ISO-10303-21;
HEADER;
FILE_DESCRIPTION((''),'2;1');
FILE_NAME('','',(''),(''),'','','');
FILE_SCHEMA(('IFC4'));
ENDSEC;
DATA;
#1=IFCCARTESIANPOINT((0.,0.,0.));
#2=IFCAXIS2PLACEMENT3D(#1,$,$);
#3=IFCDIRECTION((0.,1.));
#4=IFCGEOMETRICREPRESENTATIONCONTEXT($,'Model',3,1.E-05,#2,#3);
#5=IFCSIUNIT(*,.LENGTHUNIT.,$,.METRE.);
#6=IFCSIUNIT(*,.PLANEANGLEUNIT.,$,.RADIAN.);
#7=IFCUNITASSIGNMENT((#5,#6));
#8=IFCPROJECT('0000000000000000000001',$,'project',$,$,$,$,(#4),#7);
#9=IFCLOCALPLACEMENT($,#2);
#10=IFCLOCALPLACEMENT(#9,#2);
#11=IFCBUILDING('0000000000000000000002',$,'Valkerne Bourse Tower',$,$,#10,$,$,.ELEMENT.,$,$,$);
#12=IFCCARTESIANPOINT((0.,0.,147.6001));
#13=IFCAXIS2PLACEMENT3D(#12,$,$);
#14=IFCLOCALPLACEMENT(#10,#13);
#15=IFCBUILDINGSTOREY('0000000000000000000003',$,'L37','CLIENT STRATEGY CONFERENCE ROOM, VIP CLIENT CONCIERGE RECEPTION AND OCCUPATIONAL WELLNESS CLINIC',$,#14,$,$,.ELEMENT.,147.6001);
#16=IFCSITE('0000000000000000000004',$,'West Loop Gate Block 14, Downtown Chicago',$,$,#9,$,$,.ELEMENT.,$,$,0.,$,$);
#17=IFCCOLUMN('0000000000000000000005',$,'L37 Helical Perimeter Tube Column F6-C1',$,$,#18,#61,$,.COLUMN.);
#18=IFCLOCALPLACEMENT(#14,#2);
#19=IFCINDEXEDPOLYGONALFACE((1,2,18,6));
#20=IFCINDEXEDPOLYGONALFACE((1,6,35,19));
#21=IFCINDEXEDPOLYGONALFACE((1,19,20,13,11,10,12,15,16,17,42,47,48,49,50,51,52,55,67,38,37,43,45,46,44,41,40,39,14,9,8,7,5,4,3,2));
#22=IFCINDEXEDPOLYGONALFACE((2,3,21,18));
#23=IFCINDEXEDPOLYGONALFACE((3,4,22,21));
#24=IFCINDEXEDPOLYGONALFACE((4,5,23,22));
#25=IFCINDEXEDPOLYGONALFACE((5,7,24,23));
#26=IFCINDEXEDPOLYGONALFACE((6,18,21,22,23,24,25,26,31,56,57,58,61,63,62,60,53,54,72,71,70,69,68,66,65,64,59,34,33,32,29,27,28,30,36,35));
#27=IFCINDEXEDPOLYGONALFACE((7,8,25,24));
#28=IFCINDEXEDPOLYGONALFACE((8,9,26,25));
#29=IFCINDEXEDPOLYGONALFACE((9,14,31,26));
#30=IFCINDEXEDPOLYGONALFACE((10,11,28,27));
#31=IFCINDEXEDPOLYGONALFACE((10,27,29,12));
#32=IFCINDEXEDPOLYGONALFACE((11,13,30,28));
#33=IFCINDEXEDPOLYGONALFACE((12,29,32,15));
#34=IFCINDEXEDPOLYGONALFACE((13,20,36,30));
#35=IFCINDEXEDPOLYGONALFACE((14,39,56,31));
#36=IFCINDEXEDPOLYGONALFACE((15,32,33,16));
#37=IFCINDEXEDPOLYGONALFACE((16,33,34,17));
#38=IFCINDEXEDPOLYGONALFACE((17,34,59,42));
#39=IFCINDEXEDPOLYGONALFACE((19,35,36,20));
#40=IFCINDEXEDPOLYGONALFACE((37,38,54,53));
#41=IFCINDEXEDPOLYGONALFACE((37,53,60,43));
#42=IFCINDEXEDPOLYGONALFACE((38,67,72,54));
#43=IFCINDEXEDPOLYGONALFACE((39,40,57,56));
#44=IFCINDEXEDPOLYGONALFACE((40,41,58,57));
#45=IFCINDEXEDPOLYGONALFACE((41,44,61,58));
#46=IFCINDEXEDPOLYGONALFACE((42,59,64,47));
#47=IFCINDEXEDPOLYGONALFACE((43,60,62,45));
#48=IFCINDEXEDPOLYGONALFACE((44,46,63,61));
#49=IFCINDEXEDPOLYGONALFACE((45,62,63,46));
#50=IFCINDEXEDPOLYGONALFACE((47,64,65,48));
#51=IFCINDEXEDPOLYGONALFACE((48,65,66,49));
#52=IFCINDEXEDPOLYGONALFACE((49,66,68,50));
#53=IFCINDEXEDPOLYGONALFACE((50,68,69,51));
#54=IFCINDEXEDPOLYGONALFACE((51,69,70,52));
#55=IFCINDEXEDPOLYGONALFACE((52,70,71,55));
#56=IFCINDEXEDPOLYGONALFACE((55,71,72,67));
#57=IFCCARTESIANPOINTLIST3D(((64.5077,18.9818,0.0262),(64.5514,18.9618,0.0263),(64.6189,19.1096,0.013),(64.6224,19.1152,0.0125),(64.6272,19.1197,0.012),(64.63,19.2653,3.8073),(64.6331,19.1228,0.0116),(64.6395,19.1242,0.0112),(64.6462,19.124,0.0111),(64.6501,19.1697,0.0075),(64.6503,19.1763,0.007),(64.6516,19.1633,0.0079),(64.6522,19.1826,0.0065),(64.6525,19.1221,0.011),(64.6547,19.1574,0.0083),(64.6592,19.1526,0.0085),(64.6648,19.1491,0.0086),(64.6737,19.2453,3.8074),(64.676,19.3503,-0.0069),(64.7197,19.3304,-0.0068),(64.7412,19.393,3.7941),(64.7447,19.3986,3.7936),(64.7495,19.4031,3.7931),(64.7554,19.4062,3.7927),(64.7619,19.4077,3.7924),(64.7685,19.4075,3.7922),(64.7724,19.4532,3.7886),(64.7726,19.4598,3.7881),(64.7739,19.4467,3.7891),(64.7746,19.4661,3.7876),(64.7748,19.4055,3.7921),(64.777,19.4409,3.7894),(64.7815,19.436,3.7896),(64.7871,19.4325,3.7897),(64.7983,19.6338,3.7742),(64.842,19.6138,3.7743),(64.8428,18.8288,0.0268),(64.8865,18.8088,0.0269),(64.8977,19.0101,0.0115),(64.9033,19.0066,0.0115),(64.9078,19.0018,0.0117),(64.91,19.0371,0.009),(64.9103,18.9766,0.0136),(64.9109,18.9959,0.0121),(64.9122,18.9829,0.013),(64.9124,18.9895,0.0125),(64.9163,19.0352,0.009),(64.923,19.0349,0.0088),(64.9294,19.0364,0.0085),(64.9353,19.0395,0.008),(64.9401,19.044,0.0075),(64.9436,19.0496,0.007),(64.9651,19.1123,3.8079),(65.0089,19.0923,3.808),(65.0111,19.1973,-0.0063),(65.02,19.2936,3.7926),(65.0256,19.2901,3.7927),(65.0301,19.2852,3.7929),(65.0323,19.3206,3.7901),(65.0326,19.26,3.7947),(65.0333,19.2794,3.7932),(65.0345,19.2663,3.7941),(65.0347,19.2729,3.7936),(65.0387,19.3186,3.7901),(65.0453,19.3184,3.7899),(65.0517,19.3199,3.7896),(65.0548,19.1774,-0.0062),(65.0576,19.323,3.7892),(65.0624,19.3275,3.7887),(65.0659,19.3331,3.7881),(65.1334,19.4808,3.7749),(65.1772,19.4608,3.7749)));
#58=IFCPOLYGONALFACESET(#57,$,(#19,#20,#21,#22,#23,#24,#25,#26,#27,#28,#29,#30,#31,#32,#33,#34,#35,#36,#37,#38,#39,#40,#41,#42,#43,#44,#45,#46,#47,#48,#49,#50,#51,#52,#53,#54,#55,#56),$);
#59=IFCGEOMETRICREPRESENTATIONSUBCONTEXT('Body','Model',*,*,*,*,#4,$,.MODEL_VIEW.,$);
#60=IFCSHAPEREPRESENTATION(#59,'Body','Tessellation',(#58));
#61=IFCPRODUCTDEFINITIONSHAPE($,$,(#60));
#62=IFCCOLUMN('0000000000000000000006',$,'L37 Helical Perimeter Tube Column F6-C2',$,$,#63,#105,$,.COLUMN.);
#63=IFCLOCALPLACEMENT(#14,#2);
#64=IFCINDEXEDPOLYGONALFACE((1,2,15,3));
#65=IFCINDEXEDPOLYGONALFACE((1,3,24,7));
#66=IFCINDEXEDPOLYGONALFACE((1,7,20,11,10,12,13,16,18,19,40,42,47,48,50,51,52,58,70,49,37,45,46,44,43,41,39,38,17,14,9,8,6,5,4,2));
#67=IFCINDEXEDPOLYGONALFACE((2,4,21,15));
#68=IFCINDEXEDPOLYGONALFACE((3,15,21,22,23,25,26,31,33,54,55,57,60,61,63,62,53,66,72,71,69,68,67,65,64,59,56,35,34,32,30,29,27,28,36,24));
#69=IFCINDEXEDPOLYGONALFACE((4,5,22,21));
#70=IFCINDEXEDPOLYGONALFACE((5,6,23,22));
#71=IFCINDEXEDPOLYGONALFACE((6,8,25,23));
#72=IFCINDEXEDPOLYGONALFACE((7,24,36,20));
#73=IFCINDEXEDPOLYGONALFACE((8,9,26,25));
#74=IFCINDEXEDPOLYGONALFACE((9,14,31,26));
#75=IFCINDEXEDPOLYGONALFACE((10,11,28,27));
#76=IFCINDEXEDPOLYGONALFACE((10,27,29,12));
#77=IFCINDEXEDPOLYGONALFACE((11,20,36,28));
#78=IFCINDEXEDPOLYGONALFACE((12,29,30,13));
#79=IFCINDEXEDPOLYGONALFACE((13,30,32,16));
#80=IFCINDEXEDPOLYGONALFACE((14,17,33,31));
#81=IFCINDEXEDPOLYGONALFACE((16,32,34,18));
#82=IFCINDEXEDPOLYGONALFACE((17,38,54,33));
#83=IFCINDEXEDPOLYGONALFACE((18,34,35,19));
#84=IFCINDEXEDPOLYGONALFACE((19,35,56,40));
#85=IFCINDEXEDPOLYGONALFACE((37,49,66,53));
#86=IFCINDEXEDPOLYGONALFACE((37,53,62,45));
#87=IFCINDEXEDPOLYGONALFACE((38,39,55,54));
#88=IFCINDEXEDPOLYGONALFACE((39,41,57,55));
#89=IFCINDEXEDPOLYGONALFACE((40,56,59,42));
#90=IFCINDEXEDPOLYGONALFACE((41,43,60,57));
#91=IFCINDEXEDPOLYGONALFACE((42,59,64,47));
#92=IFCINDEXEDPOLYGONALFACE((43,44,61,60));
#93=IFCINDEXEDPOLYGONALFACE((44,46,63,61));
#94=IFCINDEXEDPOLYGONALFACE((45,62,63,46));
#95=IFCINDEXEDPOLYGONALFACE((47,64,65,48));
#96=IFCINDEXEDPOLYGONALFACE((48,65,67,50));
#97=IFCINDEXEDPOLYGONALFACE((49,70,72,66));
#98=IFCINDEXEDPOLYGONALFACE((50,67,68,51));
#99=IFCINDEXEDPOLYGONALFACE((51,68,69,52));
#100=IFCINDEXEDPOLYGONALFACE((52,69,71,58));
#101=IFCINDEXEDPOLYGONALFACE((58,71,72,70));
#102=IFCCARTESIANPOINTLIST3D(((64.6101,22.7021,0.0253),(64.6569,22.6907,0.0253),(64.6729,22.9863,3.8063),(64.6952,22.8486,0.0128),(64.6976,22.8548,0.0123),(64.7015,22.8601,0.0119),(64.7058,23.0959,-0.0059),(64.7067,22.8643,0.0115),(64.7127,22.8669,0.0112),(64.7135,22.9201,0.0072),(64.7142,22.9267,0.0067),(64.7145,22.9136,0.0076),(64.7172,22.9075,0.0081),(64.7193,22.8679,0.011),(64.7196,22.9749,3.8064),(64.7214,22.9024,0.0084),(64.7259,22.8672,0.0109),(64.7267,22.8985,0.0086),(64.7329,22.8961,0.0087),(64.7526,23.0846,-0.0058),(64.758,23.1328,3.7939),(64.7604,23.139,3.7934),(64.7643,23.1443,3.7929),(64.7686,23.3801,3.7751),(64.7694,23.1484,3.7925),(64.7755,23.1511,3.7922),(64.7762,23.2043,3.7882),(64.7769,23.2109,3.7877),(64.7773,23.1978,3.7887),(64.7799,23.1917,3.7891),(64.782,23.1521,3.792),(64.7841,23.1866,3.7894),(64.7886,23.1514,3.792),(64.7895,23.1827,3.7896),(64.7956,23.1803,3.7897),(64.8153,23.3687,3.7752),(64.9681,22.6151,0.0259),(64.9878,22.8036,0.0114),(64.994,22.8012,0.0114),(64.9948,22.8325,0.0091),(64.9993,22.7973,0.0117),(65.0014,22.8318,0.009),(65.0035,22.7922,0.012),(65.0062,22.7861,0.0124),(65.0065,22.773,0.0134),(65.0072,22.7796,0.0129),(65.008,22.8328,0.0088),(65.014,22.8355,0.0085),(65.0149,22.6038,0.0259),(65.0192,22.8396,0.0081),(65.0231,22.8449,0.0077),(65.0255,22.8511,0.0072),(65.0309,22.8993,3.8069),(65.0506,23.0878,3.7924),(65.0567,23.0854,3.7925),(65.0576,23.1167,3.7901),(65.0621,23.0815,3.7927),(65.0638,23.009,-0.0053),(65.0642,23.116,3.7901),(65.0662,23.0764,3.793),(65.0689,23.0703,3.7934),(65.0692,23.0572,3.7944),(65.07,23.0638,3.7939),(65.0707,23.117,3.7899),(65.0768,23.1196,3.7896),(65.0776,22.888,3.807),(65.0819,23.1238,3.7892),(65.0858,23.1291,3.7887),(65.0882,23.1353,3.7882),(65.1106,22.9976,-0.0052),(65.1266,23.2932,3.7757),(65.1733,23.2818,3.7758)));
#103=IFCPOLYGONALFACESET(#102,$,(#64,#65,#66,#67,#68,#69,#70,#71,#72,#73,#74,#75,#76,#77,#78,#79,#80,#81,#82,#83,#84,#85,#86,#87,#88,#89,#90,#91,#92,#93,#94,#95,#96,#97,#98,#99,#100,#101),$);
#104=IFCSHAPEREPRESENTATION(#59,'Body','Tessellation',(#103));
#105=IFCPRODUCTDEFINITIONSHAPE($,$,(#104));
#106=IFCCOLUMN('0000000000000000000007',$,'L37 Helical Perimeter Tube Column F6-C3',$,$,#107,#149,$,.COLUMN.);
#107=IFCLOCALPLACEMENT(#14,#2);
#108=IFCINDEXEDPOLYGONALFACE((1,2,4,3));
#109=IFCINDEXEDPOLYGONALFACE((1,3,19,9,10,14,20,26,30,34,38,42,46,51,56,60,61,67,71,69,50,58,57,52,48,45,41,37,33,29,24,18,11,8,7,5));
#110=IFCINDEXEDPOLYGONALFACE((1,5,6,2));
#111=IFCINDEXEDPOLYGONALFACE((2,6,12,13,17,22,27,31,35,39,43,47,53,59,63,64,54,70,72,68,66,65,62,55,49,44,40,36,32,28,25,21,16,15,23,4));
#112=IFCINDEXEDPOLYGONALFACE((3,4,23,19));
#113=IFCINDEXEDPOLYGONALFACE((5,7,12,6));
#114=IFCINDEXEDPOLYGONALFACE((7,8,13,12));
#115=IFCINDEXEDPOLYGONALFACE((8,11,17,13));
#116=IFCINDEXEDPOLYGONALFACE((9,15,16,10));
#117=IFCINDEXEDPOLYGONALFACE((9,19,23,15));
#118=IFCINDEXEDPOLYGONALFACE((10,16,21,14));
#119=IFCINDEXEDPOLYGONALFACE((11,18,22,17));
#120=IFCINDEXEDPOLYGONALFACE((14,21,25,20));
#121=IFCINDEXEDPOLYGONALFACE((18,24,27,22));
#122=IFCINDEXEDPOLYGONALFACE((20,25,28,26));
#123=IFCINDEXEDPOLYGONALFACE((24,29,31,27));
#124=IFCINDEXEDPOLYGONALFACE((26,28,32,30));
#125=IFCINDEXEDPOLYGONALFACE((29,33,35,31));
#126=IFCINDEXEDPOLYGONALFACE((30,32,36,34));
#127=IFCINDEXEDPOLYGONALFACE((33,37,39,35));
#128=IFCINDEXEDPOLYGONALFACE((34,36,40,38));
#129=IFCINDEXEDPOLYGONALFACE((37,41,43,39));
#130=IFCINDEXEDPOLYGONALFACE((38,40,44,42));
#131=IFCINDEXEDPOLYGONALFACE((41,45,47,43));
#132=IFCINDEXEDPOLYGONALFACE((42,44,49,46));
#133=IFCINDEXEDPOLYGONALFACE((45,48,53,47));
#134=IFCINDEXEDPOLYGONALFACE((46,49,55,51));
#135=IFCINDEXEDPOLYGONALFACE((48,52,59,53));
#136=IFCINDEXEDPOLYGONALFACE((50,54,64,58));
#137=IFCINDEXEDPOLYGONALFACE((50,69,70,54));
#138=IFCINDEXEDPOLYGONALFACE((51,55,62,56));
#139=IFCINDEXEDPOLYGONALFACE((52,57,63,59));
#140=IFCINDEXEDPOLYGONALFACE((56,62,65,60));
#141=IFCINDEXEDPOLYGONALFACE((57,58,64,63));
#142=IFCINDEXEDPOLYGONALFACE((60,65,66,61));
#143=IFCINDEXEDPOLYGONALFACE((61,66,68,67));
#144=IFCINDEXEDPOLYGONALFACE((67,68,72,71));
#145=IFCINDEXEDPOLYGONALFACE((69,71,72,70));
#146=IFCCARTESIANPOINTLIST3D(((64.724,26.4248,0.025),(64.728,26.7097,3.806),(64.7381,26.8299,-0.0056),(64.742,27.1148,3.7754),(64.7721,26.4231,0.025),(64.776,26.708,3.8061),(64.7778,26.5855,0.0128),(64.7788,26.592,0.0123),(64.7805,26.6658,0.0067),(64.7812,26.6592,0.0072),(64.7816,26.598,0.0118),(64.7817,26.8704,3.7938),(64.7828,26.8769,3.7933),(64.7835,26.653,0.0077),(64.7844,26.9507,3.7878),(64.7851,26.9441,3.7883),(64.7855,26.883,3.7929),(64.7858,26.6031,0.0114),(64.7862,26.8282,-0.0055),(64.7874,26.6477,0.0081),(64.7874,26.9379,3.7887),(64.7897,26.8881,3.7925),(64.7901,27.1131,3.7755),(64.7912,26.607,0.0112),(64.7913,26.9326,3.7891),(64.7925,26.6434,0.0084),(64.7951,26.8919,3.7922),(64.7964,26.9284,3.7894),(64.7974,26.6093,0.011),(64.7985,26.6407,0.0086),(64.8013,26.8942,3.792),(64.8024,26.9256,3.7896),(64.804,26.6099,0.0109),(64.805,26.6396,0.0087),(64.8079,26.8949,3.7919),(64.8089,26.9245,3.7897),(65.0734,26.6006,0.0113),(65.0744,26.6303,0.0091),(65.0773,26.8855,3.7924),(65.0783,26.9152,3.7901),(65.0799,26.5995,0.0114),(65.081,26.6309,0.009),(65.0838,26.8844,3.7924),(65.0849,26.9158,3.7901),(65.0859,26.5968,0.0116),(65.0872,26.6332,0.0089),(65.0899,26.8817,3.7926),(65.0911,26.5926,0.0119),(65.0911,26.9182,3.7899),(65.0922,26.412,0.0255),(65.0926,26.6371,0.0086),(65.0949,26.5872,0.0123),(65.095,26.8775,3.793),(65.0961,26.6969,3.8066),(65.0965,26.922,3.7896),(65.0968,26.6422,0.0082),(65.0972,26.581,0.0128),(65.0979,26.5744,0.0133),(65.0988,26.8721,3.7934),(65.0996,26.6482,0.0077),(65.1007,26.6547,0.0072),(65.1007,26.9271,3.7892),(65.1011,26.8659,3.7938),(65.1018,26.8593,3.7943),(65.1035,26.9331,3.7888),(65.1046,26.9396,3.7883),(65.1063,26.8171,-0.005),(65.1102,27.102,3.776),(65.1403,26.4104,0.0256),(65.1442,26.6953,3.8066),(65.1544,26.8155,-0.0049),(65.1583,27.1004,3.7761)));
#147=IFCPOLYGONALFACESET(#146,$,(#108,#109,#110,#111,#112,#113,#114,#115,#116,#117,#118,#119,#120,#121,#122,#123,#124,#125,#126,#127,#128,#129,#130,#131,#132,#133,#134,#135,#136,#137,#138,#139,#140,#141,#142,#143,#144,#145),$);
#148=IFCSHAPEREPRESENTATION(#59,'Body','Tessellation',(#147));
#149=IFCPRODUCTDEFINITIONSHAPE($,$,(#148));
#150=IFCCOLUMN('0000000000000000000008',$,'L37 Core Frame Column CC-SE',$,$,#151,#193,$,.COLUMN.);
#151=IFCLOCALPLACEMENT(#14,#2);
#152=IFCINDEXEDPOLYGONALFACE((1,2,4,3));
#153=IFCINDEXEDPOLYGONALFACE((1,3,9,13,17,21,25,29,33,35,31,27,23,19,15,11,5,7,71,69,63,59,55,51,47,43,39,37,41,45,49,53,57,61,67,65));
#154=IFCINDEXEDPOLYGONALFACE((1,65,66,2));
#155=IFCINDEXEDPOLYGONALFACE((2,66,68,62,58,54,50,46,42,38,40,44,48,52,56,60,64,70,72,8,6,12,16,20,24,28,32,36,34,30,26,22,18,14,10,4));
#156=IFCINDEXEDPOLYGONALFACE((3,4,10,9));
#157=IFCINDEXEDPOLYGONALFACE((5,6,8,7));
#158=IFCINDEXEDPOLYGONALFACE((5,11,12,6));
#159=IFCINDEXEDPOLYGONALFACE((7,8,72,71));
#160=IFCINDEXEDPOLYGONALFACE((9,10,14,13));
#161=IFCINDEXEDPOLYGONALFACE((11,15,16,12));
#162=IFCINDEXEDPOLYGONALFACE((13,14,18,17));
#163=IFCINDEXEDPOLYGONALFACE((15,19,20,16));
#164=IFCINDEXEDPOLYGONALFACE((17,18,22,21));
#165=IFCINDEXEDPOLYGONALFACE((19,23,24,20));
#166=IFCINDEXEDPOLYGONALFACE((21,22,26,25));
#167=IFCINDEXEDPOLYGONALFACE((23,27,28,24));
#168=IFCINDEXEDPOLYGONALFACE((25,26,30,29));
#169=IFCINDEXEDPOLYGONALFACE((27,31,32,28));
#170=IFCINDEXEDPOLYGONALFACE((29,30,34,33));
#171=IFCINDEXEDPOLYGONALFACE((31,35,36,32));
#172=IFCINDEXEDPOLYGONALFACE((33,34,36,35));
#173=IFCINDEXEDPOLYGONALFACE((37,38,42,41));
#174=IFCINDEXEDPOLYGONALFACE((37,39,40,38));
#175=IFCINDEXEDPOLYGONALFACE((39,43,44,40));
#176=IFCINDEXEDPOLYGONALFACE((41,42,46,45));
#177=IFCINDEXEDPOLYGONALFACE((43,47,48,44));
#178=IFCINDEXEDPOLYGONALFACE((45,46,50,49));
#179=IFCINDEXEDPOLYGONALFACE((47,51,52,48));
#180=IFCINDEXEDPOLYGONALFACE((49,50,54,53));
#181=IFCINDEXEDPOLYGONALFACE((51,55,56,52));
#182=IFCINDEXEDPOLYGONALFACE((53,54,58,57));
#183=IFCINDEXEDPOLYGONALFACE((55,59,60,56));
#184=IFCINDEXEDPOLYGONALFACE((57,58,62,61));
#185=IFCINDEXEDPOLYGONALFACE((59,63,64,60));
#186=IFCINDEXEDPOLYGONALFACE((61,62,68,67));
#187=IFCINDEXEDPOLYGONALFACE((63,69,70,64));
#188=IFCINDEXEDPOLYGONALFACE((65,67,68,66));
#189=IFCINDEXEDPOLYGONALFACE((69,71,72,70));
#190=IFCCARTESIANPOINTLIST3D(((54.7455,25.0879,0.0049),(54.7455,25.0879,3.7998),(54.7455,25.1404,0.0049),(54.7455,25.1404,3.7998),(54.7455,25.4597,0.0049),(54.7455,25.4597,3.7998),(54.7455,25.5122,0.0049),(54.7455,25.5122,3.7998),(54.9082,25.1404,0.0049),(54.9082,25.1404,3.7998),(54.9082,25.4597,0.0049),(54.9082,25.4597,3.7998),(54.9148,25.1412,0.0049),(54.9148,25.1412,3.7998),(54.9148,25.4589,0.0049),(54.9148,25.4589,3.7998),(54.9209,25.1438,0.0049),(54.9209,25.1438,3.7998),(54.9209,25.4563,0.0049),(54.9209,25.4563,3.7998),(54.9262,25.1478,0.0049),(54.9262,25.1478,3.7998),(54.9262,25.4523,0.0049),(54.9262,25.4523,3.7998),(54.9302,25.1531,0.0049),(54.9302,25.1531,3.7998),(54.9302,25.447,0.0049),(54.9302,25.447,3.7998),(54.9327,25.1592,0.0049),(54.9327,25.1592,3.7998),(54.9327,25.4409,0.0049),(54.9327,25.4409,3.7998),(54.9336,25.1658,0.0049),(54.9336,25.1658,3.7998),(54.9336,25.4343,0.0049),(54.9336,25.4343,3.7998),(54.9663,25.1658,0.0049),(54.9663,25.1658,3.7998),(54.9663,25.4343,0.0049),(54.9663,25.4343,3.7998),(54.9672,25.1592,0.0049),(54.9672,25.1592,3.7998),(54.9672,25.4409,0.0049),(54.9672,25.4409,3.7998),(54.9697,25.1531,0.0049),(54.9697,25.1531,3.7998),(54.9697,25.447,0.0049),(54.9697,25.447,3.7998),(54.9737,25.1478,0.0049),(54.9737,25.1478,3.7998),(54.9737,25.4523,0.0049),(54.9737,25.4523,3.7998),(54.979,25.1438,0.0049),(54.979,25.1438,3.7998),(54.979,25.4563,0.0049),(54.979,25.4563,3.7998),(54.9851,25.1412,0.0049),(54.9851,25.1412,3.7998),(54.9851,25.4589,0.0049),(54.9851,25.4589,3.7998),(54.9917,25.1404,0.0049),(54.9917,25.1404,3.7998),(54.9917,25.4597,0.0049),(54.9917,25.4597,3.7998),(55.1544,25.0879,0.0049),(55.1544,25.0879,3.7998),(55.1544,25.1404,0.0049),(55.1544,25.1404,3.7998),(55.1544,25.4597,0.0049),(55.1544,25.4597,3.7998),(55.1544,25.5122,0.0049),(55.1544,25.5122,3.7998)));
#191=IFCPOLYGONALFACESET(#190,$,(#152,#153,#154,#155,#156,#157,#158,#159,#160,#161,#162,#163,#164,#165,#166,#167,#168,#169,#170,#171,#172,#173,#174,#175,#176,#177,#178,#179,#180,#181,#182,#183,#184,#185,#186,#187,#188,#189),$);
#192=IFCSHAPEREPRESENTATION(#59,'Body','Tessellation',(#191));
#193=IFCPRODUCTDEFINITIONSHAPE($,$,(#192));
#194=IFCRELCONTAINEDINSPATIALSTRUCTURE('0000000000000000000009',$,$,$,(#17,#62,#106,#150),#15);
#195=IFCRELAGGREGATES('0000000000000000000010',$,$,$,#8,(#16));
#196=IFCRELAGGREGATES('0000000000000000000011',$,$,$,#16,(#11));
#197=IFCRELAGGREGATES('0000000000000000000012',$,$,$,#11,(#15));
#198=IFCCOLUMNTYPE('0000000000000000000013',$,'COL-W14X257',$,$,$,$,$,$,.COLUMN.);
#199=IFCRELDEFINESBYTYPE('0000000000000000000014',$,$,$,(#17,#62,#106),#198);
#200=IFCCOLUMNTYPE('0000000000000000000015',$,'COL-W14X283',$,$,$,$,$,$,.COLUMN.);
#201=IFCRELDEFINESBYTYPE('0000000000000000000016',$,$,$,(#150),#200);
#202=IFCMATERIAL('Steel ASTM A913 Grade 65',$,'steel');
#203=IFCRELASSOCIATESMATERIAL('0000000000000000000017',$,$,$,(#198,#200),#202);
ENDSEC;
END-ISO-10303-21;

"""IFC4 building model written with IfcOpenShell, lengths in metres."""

from ifc_helpers import new_model, si_unit, direction, frame, origin, origin_2d, place, context, subcontext, project, spatial, i_section, extrude, material, material_profile, profile_set, type_object, element, save


model = new_model("IFC4")

# Units and contexts
model_context = context("Model", 3, precision=1e-05, world=origin(), true_north=direction((0.0, 1.0)))
body_context = subcontext(model_context, "Body", "Model", "MODEL_VIEW")
ifc_project = project(units=[si_unit("LENGTHUNIT", "METRE"), si_unit("PLANEANGLEUNIT", "RADIAN")], contexts=[model_context])

# Site, building, storey
site_placement = place(None, origin())
site = spatial("IfcSite", under=ifc_project, at=site_placement, Name="West Loop Gate Block 14, Downtown Chicago", CompositionType="ELEMENT", RefElevation=0.0)
building_placement = place(site_placement, origin())
building = spatial("IfcBuilding", under=site, at=building_placement, Name="Valkerne Bourse Tower", CompositionType="ELEMENT")
storey_placement = place(building_placement, frame((0.0, 0.0, 147.6001)))
storey = spatial("IfcBuildingStorey", under=building, at=storey_placement, Name="L37", Description="CLIENT STRATEGY CONFERENCE ROOM, VIP CLIENT CONCIERGE RECEPTION AND OCCUPATIONAL WELLNESS CLINIC", CompositionType="ELEMENT", Elevation=147.6001)

# Columns
ifc_material_1 = material(Name="Steel ASTM A913 Grade 65", Category="steel")
ifc_material_profile_1 = material_profile(ifc_material_1, i_section(OverallWidth=0.4065, OverallDepth=0.4165, WebThickness=0.0298, FlangeThickness=0.0481, FilletRadius=0.0254, at=origin_2d()), Name="W14X257")
ifc_profile_set_1 = profile_set([ifc_material_profile_1], Name="Steel ASTM A913 Grade 65")
column_type_1 = type_object("IfcColumnType", Name="COL-W14X257", PredefinedType="COLUMN", material=ifc_profile_set_1)
column_1_placement = place(storey_placement, frame((64.7812, 19.0796, 0.01), z_axis=(0.032242, 0.074717, 0.996683), x_axis=(-0.414037, -0.906617, 0.08136)))
element("IfcColumn", 1, at=column_1_placement, inside=storey, type_object=column_type_1, Name="L37 Helical Perimeter Tube Column F6-C1", PredefinedType="COLUMN", context=body_context, shape_type="SweptSolid", body=[
    extrude(i_section(OverallWidth=0.4065, OverallDepth=0.4165, WebThickness=0.0298, FlangeThickness=0.0481, FilletRadius=0.0254, at=origin_2d()), origin(), (0.0, 0.0, 1.0), 3.7937),
])
column_2_placement = place(storey_placement, frame((64.8604, 22.8499, 0.01), z_axis=(0.016546, 0.074938, 0.997051), x_axis=(-0.235365, -0.968874, 0.076726)))
element("IfcColumn", 2, at=column_2_placement, inside=storey, type_object=column_type_1, Name="L37 Helical Perimeter Tube Column F6-C2", PredefinedType="COLUMN", context=body_context, shape_type="SweptSolid", body=[
    extrude(i_section(OverallWidth=0.4065, OverallDepth=0.4165, WebThickness=0.0298, FlangeThickness=0.0481, FilletRadius=0.0254, at=origin_2d()), origin(), (0.0, 0.0, 1.0), 3.7922),
])
column_3_placement = place(storey_placement, frame((64.9392, 26.6201, 0.01), z_axis=(0.00103, 0.07514, 0.997172), x_axis=(-0.034608, -0.996573, 0.075131)))
element("IfcColumn", 3, at=column_3_placement, inside=storey, type_object=column_type_1, Name="L37 Helical Perimeter Tube Column F6-C3", PredefinedType="COLUMN", context=body_context, shape_type="SweptSolid", body=[
    extrude(i_section(OverallWidth=0.4065, OverallDepth=0.4165, WebThickness=0.0298, FlangeThickness=0.0481, FilletRadius=0.0254, at=origin_2d()), origin(), (0.0, 0.0, 1.0), 3.7917),
])
ifc_material_profile_2 = material_profile(ifc_material_1, i_section(OverallWidth=0.4089, OverallDepth=0.4243, WebThickness=0.0327, FlangeThickness=0.0525, FilletRadius=0.0254, at=origin_2d()), Name="W14X283")
ifc_profile_set_2 = profile_set([ifc_material_profile_2], Name="Steel ASTM A913 Grade 65")
column_type_2 = type_object("IfcColumnType", Name="COL-W14X283", PredefinedType="COLUMN", material=ifc_profile_set_2)
column_4_placement = place(storey_placement, frame((54.95, 25.3, 0.0049), z_axis=(0.0, 0.0, 1.0), x_axis=(1.0, 0.0, 0.0)))
element("IfcColumn", 4, at=column_4_placement, inside=storey, type_object=column_type_2, Name="L37 Core Frame Column CC-SE", PredefinedType="COLUMN", context=body_context, shape_type="SweptSolid", body=[
    extrude(i_section(OverallWidth=0.4089, OverallDepth=0.4243, WebThickness=0.0327, FlangeThickness=0.0525, FilletRadius=0.0254, at=origin_2d()), origin(), (0.0, 0.0, 1.0), 3.7949),
])

save(model, "model.ifc")
